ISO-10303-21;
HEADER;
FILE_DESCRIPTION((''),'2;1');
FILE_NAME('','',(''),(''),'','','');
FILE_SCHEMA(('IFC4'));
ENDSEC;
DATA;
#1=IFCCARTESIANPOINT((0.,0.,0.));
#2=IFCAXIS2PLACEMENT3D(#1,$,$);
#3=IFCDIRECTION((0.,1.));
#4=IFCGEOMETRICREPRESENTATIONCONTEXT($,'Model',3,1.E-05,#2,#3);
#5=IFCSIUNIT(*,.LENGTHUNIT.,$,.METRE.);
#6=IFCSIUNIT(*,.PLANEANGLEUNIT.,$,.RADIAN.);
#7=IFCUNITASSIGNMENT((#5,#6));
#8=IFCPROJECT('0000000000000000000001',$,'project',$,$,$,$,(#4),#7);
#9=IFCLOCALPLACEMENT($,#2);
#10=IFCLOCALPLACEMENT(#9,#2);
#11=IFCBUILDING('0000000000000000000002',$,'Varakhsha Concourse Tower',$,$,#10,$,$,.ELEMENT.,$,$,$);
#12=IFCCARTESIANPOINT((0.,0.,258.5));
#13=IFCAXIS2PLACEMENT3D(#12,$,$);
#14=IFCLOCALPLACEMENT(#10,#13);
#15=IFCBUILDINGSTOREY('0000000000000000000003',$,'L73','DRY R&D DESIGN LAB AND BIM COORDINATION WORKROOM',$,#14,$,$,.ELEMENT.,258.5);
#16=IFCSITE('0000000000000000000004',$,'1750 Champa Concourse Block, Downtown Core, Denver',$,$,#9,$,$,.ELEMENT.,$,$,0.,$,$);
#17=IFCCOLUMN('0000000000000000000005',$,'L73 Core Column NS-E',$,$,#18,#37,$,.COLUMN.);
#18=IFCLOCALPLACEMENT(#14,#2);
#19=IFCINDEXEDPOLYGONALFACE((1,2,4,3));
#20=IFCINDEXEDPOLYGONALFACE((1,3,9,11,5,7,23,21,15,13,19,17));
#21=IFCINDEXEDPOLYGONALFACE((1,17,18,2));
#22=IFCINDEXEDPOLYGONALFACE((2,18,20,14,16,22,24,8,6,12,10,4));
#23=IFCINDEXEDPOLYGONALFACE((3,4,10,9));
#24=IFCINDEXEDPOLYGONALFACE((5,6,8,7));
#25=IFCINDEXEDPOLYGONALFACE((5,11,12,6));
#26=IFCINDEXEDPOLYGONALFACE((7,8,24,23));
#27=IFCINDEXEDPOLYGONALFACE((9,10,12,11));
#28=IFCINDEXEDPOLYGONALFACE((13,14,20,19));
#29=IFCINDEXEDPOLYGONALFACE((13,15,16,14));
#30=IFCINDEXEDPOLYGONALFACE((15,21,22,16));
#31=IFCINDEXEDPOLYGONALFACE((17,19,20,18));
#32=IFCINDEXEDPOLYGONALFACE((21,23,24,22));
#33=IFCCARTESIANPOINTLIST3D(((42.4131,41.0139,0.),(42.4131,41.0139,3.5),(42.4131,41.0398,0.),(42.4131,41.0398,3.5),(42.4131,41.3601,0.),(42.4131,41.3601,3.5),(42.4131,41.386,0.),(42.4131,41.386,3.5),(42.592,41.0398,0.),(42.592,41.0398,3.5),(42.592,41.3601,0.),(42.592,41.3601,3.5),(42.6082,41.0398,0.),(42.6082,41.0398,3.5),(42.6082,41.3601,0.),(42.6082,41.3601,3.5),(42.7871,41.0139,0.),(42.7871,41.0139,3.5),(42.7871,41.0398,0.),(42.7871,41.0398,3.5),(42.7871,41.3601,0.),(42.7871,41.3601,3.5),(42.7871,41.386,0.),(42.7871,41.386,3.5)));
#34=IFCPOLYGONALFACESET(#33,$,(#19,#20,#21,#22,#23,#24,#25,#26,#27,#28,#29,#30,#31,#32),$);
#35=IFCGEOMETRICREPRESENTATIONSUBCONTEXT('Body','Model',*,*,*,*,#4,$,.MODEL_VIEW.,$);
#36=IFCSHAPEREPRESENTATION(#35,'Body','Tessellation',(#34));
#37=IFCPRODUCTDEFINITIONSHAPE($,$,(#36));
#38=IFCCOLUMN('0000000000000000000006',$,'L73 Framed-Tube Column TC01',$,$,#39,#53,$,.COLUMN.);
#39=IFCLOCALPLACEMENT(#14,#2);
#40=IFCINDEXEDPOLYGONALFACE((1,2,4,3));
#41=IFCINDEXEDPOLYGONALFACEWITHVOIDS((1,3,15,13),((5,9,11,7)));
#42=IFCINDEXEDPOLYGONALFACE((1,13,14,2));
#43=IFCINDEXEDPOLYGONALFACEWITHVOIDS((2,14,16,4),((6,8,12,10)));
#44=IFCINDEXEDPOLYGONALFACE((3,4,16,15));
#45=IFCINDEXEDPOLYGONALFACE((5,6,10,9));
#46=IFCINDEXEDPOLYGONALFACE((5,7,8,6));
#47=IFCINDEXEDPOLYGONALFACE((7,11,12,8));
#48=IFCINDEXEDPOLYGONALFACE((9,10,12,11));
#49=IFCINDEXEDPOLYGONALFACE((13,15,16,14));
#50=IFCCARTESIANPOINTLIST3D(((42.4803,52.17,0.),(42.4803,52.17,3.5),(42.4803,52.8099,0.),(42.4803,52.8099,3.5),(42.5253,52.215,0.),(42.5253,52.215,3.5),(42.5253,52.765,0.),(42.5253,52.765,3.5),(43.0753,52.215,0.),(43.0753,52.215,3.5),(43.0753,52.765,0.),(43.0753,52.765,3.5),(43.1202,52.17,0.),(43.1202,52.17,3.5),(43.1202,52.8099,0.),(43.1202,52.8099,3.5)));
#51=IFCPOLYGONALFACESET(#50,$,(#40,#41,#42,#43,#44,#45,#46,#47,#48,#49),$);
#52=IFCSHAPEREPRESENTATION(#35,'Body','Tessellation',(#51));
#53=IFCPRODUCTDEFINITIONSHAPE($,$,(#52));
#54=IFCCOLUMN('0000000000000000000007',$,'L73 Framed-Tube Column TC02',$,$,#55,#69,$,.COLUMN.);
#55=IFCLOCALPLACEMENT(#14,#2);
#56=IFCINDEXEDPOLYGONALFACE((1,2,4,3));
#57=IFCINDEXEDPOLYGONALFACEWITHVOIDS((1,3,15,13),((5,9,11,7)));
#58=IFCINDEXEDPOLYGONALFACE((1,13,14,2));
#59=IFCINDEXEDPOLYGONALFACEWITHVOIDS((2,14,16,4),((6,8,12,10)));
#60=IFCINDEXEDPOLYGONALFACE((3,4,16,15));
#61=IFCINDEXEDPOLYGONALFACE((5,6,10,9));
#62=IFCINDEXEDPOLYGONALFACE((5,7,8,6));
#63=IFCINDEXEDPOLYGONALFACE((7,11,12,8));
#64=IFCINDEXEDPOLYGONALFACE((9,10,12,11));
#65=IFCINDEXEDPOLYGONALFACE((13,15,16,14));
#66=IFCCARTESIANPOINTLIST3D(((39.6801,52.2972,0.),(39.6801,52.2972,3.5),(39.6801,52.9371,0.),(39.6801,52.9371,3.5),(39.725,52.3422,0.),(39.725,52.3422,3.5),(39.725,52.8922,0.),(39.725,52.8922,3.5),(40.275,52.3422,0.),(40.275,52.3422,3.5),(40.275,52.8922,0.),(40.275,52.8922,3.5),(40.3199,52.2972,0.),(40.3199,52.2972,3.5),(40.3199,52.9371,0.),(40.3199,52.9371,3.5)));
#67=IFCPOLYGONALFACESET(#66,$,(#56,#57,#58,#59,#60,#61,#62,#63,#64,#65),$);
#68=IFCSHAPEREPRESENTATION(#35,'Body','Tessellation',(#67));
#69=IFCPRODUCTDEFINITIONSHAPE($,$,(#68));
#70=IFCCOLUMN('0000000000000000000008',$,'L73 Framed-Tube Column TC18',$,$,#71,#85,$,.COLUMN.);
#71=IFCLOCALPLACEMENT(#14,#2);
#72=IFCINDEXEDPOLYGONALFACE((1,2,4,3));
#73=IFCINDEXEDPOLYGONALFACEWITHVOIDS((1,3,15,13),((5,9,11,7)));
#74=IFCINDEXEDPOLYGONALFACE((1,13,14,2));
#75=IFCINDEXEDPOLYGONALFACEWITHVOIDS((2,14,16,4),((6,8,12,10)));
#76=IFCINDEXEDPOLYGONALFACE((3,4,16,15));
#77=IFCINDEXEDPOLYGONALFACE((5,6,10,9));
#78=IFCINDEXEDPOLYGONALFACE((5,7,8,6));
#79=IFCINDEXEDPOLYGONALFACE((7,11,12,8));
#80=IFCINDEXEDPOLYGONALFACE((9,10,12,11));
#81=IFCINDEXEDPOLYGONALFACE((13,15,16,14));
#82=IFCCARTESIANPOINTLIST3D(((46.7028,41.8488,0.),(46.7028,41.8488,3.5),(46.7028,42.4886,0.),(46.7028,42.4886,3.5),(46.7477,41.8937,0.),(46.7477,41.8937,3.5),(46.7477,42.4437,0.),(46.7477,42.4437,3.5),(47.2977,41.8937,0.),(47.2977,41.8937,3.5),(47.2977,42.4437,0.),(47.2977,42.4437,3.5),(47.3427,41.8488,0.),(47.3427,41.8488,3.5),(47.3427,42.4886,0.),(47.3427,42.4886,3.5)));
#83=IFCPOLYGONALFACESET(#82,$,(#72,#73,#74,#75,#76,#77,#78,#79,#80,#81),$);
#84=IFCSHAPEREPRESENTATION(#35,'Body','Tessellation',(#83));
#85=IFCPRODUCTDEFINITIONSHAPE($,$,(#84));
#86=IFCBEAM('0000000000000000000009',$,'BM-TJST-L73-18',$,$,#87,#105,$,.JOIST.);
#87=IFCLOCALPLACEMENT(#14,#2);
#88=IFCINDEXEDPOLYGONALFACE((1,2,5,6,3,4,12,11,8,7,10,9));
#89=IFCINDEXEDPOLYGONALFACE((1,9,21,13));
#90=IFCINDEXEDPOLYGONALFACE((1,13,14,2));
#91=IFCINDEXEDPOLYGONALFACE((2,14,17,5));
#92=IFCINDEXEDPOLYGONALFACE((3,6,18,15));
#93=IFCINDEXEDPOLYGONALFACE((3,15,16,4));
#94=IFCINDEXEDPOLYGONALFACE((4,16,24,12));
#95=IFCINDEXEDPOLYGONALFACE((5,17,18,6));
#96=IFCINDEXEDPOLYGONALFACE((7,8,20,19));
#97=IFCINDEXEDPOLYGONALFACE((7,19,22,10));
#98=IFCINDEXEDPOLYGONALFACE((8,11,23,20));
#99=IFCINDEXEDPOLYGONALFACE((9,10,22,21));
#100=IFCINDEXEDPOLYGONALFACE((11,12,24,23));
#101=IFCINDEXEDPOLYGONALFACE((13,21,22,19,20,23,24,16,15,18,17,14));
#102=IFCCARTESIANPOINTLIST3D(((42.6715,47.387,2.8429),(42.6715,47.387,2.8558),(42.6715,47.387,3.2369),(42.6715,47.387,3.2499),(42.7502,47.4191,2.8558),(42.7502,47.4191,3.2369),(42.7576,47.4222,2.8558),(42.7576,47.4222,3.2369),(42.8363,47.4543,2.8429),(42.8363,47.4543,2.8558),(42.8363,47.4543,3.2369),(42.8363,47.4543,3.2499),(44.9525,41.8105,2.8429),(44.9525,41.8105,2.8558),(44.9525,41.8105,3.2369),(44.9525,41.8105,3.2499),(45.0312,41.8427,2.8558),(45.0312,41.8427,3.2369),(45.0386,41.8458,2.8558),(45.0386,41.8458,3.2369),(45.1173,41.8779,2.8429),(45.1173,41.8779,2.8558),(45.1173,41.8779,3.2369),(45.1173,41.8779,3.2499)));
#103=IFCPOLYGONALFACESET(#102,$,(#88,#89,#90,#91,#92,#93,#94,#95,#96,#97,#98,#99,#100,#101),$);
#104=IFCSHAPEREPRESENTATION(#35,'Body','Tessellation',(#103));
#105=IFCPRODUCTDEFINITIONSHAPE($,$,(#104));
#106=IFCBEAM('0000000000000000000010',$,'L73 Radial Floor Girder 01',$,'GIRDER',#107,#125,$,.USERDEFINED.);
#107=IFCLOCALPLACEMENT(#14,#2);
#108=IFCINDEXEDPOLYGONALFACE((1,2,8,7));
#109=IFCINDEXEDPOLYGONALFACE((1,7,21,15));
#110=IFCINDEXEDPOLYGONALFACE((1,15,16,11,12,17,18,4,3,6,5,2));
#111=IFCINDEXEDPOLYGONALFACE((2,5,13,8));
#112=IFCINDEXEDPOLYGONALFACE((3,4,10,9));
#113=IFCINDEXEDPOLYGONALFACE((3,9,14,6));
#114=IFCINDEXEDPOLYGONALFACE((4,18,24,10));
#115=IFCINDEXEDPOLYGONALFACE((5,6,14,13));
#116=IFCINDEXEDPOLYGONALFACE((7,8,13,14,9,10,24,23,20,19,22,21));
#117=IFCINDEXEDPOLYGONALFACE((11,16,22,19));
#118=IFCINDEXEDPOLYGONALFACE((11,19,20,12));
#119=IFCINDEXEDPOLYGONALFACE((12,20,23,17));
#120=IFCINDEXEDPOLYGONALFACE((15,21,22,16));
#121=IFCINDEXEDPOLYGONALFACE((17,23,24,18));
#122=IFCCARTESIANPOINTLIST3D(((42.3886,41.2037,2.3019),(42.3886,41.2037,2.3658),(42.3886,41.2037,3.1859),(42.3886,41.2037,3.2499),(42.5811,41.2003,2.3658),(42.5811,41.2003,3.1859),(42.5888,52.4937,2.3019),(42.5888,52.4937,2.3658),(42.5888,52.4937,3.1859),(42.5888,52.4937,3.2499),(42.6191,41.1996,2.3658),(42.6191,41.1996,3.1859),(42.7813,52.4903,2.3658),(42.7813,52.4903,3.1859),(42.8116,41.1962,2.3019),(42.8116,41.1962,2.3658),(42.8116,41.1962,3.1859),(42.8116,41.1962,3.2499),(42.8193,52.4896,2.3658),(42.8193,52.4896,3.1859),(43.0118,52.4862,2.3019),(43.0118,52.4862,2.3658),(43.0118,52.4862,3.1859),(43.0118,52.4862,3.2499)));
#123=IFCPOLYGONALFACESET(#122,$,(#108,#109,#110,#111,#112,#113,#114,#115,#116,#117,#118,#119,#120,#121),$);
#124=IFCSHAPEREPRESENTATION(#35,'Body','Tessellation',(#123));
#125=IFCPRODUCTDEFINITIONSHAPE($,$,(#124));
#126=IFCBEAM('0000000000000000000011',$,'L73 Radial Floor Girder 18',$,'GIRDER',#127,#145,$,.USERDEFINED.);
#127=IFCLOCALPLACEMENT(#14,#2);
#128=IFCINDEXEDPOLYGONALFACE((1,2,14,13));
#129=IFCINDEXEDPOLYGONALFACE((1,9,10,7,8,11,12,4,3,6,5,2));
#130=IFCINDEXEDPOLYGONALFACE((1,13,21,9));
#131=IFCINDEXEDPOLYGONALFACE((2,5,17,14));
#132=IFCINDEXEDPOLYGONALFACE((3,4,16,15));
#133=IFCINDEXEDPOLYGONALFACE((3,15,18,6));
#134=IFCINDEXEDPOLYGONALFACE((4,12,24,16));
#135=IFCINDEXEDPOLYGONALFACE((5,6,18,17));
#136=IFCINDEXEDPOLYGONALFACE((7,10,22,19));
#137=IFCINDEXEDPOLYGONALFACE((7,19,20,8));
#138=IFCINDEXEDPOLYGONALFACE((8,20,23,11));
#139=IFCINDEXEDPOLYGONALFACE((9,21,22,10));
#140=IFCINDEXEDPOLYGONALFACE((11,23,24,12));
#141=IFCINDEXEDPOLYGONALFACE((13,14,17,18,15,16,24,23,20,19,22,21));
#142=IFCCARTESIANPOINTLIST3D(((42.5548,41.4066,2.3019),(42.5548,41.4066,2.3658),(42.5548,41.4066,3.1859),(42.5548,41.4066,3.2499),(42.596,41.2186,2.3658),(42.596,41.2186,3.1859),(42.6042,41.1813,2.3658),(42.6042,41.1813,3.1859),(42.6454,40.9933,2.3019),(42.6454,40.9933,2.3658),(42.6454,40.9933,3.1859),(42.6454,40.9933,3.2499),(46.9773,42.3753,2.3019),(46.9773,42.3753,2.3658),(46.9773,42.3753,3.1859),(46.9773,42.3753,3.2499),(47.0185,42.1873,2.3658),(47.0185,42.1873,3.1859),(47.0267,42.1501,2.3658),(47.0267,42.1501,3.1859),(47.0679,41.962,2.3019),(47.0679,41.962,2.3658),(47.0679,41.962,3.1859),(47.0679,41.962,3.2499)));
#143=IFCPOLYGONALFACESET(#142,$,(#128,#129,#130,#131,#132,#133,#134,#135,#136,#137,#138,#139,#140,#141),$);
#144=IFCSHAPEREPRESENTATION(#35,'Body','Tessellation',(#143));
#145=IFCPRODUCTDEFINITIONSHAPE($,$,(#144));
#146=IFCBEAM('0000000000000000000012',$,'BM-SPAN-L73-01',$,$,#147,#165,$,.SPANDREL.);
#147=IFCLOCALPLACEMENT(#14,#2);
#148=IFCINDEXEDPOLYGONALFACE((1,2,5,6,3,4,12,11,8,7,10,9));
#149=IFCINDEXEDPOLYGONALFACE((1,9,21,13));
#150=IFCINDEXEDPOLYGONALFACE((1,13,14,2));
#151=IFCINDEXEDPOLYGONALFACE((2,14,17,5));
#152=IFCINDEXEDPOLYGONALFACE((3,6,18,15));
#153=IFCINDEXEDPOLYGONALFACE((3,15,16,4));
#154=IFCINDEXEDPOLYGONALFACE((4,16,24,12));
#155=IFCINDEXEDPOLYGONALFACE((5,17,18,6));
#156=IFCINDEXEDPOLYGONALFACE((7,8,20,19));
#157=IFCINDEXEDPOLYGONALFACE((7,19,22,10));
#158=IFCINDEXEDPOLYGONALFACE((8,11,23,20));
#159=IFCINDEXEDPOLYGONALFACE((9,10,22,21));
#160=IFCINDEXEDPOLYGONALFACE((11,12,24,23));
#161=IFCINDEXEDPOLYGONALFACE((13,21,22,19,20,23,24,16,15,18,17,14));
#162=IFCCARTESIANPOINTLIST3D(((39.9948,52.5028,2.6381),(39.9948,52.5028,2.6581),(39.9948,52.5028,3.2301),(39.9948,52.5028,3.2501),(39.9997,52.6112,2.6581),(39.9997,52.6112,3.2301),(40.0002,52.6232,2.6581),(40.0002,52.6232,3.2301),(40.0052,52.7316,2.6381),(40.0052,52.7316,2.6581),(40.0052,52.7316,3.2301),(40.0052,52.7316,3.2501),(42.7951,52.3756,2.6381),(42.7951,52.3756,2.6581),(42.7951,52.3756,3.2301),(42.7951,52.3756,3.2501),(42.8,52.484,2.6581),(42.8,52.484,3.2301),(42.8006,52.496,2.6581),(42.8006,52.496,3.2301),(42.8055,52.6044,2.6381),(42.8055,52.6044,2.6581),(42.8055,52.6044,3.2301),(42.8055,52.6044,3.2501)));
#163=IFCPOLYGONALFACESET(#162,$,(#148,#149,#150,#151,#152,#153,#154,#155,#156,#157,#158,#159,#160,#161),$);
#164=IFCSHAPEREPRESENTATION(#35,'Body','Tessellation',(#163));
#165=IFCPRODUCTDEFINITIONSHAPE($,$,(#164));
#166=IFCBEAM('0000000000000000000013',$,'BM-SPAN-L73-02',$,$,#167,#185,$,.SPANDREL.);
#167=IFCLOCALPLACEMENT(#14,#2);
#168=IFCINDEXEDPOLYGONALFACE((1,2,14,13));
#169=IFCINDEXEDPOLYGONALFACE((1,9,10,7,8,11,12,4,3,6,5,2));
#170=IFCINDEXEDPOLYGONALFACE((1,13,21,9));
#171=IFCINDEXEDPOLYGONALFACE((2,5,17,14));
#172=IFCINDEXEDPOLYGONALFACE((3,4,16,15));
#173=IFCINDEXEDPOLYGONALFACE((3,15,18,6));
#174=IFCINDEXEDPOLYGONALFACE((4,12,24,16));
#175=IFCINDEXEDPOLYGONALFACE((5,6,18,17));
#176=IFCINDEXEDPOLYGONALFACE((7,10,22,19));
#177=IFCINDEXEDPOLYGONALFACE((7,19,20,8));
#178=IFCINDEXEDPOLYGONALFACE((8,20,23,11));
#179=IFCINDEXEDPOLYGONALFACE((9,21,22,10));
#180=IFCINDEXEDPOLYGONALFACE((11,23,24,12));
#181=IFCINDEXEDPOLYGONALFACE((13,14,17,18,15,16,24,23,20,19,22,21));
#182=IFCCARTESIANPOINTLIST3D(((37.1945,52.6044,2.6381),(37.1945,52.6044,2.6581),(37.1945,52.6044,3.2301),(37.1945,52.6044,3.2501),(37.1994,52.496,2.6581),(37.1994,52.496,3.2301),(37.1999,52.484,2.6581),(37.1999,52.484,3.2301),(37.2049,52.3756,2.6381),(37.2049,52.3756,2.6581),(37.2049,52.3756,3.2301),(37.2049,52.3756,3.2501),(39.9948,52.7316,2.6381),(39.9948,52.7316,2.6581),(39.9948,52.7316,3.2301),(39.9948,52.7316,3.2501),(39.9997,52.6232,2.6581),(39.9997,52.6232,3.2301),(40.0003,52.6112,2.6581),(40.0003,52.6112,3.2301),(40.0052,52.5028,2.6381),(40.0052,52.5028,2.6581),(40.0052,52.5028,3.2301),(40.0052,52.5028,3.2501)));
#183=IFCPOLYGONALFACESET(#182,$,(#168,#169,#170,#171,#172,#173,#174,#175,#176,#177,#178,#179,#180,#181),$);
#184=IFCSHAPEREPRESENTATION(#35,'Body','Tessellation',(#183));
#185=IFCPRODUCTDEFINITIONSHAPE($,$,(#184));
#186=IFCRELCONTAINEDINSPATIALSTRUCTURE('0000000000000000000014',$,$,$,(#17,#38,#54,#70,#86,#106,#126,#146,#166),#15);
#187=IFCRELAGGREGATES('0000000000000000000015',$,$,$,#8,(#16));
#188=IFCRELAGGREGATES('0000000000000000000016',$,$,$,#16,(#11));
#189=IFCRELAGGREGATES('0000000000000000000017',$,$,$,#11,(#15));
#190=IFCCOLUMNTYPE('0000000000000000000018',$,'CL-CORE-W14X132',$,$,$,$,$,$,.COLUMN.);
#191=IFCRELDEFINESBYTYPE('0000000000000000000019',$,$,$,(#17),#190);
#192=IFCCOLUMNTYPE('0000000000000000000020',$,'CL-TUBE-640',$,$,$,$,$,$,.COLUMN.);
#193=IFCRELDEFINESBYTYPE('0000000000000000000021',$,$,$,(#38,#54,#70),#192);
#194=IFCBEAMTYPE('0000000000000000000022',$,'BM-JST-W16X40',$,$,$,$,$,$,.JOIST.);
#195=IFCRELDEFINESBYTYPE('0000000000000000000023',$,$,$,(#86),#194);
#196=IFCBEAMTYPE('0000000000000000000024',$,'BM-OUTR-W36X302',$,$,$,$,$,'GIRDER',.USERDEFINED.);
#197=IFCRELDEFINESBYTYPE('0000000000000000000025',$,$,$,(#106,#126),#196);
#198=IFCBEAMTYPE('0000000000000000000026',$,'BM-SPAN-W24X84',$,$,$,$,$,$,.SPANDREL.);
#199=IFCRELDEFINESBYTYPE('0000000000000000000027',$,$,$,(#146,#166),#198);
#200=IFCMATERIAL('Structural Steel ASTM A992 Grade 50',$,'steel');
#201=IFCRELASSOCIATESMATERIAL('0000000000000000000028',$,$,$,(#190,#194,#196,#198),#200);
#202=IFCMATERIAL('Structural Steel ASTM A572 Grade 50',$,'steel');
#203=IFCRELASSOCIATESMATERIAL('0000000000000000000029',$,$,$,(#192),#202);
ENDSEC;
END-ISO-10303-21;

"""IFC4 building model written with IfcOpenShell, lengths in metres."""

from ifc_helpers import new_model, si_unit, direction, frame, origin, origin_2d, place, context, subcontext, project, spatial, hollow_rectangle, i_section, extrude, material, material_profile, profile_set, type_object, element, save


model = new_model("IFC4")

# Units and contexts
model_context = context("Model", 3, precision=1e-05, world=origin(), true_north=direction((0.0, 1.0)))
body_context = subcontext(model_context, "Body", "Model", "MODEL_VIEW")
ifc_project = project(units=[si_unit("LENGTHUNIT", "METRE"), si_unit("PLANEANGLEUNIT", "RADIAN")], contexts=[model_context])

# Site, building, storey
site_placement = place(None, origin())
site = spatial("IfcSite", under=ifc_project, at=site_placement, Name="1750 Champa Concourse Block, Downtown Core, Denver", CompositionType="ELEMENT", RefElevation=0.0)
building_placement = place(site_placement, origin())
building = spatial("IfcBuilding", under=site, at=building_placement, Name="Varakhsha Concourse Tower", CompositionType="ELEMENT")
storey_placement = place(building_placement, frame((0.0, 0.0, 258.5)))
storey = spatial("IfcBuildingStorey", under=building, at=storey_placement, Name="L73", Description="DRY R&D DESIGN LAB AND BIM COORDINATION WORKROOM", CompositionType="ELEMENT", Elevation=258.5)

# Columns
ifc_material_1 = material(Name="Structural Steel ASTM A992 Grade 50", Category="steel")
ifc_material_profile_1 = material_profile(ifc_material_1, i_section(OverallWidth=0.374, OverallDepth=0.3721, WebThickness=0.0161, FlangeThickness=0.0259, at=origin_2d()), Name="W14X132")
ifc_profile_set_1 = profile_set([ifc_material_profile_1], Name="Structural Steel ASTM A992 Grade 50")
column_type_1 = type_object("IfcColumnType", Name="CL-CORE-W14X132", PredefinedType="COLUMN", material=ifc_profile_set_1)
column_placement = place(storey_placement, frame((42.6001, 41.2, 0.0), z_axis=(0.0, 0.0, 1.0), x_axis=(1.0, 0.0, 0.0)))
element("IfcColumn", 1, at=column_placement, inside=storey, type_object=column_type_1, Name="L73 Core Column NS-E", PredefinedType="COLUMN", context=body_context, shape_type="SweptSolid", body=[
    extrude(i_section(OverallWidth=0.374, OverallDepth=0.3721, WebThickness=0.0161, FlangeThickness=0.0259, at=origin_2d()), origin(), (0.0, 0.0, 1.0), 3.5),
])
ifc_material_2 = material(Name="Structural Steel ASTM A572 Grade 50", Category="steel")
ifc_material_profile_2 = material_profile(ifc_material_2, hollow_rectangle(XDim=0.6399, YDim=0.6399, WallThickness=0.0449, at=origin_2d()), Name="BOX 640x640x45")
ifc_profile_set_2 = profile_set([ifc_material_profile_2], Name="Structural Steel ASTM A572 Grade 50")
column_type_2 = type_object("IfcColumnType", Name="CL-TUBE-640", PredefinedType="COLUMN", material=ifc_profile_set_2)
for number, where, z_axis, x_axis, name in (
    (2, (42.8003, 52.49, 0.0), (0.0, 0.0, 1.0), (1.0, 0.0, 0.0), "L73 Framed-Tube Column TC01"),
    (3, (40.0, 52.6172, 0.0), (0.0, 0.0, 1.0), (1.0, 0.0, 0.0), "L73 Framed-Tube Column TC02"),
    (4, (47.0227, 42.1687, 0.0), (0.0, 0.0, 1.0), (1.0, 0.0, 0.0), "L73 Framed-Tube Column TC18"),
):
    element("IfcColumn", number, at=place(storey_placement, frame(where, z_axis=z_axis, x_axis=x_axis)), inside=storey, type_object=column_type_2, Name=name, PredefinedType="COLUMN", context=body_context, shape_type="SweptSolid", body=[
        extrude(hollow_rectangle(XDim=0.6399, YDim=0.6399, WallThickness=0.0449, at=origin_2d()), origin(), (0.0, 0.0, 1.0), 3.5),
    ])

# Beams
ifc_material_profile_3 = material_profile(ifc_material_1, i_section(OverallWidth=0.178, OverallDepth=0.407, WebThickness=0.0081, FlangeThickness=0.0129, at=origin_2d()), Name="W16X40")
ifc_profile_set_3 = profile_set([ifc_material_profile_3], Name="Structural Steel ASTM A992 Grade 50")
beam_type_1 = type_object("IfcBeamType", Name="BM-JST-W16X40", PredefinedType="JOIST", material=ifc_profile_set_3)
beam_1_placement = place(storey_placement, frame((45.0349, 41.8442, 3.0464), z_axis=(-0.378597, 0.925562, 0.0), x_axis=(-0.925562, -0.378597, 0.0)))
element("IfcBeam", 5, at=beam_1_placement, inside=storey, type_object=beam_type_1, Name="BM-TJST-L73-18", PredefinedType="JOIST", context=body_context, shape_type="SweptSolid", body=[
    extrude(i_section(OverallWidth=0.178, OverallDepth=0.407, WebThickness=0.0081, FlangeThickness=0.0129, at=origin_2d()), origin(), (0.0, 0.0, 1.0), 6.0249),
])
ifc_material_profile_4 = material_profile(ifc_material_1, i_section(OverallWidth=0.4231, OverallDepth=0.948, WebThickness=0.0381, FlangeThickness=0.064, at=origin_2d()), Name="W36X302")
ifc_profile_set_4 = profile_set([ifc_material_profile_4], Name="Structural Steel ASTM A992 Grade 50")
beam_type_2 = type_object("IfcBeamType", Name="BM-OUTR-W36X302", ElementType="GIRDER", PredefinedType="USERDEFINED", material=ifc_profile_set_4)
beam_2_placement = place(storey_placement, frame((42.6001, 41.2, 2.7759), z_axis=(0.017729, 0.999843, 0.0), x_axis=(-0.999843, 0.017729, 0.0)))
element("IfcBeam", 6, at=beam_2_placement, inside=storey, type_object=beam_type_2, Name="L73 Radial Floor Girder 01", ObjectType="GIRDER", PredefinedType="USERDEFINED", context=body_context, shape_type="SweptSolid", body=[
    extrude(i_section(OverallWidth=0.4231, OverallDepth=0.948, WebThickness=0.0381, FlangeThickness=0.064, at=origin_2d()), origin(), (0.0, 0.0, 1.0), 11.2917),
])
beam_3_placement = place(storey_placement, frame((42.6001, 41.2, 2.7759), z_axis=(0.97684, 0.213972, 0.0), x_axis=(-0.213972, 0.97684, 0.0)))
element("IfcBeam", 7, at=beam_3_placement, inside=storey, type_object=beam_type_2, Name="L73 Radial Floor Girder 18", ObjectType="GIRDER", PredefinedType="USERDEFINED", context=body_context, shape_type="SweptSolid", body=[
    extrude(i_section(OverallWidth=0.4231, OverallDepth=0.948, WebThickness=0.0381, FlangeThickness=0.064, at=origin_2d()), origin(), (0.0, 0.0, 1.0), 4.5273),
])
ifc_material_profile_5 = material_profile(ifc_material_1, i_section(OverallWidth=0.229, OverallDepth=0.6121, WebThickness=0.012, FlangeThickness=0.02, at=origin_2d()), Name="W24X84")
ifc_profile_set_5 = profile_set([ifc_material_profile_5], Name="Structural Steel ASTM A992 Grade 50")
beam_type_3 = type_object("IfcBeamType", Name="BM-SPAN-W24X84", PredefinedType="SPANDREL", material=ifc_profile_set_5)
for number, where, z_axis, x_axis, name in (
    (8, (42.8003, 52.49, 2.9441), (-0.99897, 0.045376, 0.0), (-0.045376, -0.99897, 0.0), "BM-SPAN-L73-01"),
    (9, (40.0, 52.6172, 2.9441), (-0.99897, -0.045376, 0.0), (0.045376, -0.99897, 0.0), "BM-SPAN-L73-02"),
):
    element("IfcBeam", number, at=place(storey_placement, frame(where, z_axis=z_axis, x_axis=x_axis)), inside=storey, type_object=beam_type_3, Name=name, PredefinedType="SPANDREL", context=body_context, shape_type="SweptSolid", body=[
        extrude(i_section(OverallWidth=0.229, OverallDepth=0.6121, WebThickness=0.012, FlangeThickness=0.02, at=origin_2d()), origin(), (0.0, 0.0, 1.0), 2.8032),
    ])

save(model, "model.ifc")
